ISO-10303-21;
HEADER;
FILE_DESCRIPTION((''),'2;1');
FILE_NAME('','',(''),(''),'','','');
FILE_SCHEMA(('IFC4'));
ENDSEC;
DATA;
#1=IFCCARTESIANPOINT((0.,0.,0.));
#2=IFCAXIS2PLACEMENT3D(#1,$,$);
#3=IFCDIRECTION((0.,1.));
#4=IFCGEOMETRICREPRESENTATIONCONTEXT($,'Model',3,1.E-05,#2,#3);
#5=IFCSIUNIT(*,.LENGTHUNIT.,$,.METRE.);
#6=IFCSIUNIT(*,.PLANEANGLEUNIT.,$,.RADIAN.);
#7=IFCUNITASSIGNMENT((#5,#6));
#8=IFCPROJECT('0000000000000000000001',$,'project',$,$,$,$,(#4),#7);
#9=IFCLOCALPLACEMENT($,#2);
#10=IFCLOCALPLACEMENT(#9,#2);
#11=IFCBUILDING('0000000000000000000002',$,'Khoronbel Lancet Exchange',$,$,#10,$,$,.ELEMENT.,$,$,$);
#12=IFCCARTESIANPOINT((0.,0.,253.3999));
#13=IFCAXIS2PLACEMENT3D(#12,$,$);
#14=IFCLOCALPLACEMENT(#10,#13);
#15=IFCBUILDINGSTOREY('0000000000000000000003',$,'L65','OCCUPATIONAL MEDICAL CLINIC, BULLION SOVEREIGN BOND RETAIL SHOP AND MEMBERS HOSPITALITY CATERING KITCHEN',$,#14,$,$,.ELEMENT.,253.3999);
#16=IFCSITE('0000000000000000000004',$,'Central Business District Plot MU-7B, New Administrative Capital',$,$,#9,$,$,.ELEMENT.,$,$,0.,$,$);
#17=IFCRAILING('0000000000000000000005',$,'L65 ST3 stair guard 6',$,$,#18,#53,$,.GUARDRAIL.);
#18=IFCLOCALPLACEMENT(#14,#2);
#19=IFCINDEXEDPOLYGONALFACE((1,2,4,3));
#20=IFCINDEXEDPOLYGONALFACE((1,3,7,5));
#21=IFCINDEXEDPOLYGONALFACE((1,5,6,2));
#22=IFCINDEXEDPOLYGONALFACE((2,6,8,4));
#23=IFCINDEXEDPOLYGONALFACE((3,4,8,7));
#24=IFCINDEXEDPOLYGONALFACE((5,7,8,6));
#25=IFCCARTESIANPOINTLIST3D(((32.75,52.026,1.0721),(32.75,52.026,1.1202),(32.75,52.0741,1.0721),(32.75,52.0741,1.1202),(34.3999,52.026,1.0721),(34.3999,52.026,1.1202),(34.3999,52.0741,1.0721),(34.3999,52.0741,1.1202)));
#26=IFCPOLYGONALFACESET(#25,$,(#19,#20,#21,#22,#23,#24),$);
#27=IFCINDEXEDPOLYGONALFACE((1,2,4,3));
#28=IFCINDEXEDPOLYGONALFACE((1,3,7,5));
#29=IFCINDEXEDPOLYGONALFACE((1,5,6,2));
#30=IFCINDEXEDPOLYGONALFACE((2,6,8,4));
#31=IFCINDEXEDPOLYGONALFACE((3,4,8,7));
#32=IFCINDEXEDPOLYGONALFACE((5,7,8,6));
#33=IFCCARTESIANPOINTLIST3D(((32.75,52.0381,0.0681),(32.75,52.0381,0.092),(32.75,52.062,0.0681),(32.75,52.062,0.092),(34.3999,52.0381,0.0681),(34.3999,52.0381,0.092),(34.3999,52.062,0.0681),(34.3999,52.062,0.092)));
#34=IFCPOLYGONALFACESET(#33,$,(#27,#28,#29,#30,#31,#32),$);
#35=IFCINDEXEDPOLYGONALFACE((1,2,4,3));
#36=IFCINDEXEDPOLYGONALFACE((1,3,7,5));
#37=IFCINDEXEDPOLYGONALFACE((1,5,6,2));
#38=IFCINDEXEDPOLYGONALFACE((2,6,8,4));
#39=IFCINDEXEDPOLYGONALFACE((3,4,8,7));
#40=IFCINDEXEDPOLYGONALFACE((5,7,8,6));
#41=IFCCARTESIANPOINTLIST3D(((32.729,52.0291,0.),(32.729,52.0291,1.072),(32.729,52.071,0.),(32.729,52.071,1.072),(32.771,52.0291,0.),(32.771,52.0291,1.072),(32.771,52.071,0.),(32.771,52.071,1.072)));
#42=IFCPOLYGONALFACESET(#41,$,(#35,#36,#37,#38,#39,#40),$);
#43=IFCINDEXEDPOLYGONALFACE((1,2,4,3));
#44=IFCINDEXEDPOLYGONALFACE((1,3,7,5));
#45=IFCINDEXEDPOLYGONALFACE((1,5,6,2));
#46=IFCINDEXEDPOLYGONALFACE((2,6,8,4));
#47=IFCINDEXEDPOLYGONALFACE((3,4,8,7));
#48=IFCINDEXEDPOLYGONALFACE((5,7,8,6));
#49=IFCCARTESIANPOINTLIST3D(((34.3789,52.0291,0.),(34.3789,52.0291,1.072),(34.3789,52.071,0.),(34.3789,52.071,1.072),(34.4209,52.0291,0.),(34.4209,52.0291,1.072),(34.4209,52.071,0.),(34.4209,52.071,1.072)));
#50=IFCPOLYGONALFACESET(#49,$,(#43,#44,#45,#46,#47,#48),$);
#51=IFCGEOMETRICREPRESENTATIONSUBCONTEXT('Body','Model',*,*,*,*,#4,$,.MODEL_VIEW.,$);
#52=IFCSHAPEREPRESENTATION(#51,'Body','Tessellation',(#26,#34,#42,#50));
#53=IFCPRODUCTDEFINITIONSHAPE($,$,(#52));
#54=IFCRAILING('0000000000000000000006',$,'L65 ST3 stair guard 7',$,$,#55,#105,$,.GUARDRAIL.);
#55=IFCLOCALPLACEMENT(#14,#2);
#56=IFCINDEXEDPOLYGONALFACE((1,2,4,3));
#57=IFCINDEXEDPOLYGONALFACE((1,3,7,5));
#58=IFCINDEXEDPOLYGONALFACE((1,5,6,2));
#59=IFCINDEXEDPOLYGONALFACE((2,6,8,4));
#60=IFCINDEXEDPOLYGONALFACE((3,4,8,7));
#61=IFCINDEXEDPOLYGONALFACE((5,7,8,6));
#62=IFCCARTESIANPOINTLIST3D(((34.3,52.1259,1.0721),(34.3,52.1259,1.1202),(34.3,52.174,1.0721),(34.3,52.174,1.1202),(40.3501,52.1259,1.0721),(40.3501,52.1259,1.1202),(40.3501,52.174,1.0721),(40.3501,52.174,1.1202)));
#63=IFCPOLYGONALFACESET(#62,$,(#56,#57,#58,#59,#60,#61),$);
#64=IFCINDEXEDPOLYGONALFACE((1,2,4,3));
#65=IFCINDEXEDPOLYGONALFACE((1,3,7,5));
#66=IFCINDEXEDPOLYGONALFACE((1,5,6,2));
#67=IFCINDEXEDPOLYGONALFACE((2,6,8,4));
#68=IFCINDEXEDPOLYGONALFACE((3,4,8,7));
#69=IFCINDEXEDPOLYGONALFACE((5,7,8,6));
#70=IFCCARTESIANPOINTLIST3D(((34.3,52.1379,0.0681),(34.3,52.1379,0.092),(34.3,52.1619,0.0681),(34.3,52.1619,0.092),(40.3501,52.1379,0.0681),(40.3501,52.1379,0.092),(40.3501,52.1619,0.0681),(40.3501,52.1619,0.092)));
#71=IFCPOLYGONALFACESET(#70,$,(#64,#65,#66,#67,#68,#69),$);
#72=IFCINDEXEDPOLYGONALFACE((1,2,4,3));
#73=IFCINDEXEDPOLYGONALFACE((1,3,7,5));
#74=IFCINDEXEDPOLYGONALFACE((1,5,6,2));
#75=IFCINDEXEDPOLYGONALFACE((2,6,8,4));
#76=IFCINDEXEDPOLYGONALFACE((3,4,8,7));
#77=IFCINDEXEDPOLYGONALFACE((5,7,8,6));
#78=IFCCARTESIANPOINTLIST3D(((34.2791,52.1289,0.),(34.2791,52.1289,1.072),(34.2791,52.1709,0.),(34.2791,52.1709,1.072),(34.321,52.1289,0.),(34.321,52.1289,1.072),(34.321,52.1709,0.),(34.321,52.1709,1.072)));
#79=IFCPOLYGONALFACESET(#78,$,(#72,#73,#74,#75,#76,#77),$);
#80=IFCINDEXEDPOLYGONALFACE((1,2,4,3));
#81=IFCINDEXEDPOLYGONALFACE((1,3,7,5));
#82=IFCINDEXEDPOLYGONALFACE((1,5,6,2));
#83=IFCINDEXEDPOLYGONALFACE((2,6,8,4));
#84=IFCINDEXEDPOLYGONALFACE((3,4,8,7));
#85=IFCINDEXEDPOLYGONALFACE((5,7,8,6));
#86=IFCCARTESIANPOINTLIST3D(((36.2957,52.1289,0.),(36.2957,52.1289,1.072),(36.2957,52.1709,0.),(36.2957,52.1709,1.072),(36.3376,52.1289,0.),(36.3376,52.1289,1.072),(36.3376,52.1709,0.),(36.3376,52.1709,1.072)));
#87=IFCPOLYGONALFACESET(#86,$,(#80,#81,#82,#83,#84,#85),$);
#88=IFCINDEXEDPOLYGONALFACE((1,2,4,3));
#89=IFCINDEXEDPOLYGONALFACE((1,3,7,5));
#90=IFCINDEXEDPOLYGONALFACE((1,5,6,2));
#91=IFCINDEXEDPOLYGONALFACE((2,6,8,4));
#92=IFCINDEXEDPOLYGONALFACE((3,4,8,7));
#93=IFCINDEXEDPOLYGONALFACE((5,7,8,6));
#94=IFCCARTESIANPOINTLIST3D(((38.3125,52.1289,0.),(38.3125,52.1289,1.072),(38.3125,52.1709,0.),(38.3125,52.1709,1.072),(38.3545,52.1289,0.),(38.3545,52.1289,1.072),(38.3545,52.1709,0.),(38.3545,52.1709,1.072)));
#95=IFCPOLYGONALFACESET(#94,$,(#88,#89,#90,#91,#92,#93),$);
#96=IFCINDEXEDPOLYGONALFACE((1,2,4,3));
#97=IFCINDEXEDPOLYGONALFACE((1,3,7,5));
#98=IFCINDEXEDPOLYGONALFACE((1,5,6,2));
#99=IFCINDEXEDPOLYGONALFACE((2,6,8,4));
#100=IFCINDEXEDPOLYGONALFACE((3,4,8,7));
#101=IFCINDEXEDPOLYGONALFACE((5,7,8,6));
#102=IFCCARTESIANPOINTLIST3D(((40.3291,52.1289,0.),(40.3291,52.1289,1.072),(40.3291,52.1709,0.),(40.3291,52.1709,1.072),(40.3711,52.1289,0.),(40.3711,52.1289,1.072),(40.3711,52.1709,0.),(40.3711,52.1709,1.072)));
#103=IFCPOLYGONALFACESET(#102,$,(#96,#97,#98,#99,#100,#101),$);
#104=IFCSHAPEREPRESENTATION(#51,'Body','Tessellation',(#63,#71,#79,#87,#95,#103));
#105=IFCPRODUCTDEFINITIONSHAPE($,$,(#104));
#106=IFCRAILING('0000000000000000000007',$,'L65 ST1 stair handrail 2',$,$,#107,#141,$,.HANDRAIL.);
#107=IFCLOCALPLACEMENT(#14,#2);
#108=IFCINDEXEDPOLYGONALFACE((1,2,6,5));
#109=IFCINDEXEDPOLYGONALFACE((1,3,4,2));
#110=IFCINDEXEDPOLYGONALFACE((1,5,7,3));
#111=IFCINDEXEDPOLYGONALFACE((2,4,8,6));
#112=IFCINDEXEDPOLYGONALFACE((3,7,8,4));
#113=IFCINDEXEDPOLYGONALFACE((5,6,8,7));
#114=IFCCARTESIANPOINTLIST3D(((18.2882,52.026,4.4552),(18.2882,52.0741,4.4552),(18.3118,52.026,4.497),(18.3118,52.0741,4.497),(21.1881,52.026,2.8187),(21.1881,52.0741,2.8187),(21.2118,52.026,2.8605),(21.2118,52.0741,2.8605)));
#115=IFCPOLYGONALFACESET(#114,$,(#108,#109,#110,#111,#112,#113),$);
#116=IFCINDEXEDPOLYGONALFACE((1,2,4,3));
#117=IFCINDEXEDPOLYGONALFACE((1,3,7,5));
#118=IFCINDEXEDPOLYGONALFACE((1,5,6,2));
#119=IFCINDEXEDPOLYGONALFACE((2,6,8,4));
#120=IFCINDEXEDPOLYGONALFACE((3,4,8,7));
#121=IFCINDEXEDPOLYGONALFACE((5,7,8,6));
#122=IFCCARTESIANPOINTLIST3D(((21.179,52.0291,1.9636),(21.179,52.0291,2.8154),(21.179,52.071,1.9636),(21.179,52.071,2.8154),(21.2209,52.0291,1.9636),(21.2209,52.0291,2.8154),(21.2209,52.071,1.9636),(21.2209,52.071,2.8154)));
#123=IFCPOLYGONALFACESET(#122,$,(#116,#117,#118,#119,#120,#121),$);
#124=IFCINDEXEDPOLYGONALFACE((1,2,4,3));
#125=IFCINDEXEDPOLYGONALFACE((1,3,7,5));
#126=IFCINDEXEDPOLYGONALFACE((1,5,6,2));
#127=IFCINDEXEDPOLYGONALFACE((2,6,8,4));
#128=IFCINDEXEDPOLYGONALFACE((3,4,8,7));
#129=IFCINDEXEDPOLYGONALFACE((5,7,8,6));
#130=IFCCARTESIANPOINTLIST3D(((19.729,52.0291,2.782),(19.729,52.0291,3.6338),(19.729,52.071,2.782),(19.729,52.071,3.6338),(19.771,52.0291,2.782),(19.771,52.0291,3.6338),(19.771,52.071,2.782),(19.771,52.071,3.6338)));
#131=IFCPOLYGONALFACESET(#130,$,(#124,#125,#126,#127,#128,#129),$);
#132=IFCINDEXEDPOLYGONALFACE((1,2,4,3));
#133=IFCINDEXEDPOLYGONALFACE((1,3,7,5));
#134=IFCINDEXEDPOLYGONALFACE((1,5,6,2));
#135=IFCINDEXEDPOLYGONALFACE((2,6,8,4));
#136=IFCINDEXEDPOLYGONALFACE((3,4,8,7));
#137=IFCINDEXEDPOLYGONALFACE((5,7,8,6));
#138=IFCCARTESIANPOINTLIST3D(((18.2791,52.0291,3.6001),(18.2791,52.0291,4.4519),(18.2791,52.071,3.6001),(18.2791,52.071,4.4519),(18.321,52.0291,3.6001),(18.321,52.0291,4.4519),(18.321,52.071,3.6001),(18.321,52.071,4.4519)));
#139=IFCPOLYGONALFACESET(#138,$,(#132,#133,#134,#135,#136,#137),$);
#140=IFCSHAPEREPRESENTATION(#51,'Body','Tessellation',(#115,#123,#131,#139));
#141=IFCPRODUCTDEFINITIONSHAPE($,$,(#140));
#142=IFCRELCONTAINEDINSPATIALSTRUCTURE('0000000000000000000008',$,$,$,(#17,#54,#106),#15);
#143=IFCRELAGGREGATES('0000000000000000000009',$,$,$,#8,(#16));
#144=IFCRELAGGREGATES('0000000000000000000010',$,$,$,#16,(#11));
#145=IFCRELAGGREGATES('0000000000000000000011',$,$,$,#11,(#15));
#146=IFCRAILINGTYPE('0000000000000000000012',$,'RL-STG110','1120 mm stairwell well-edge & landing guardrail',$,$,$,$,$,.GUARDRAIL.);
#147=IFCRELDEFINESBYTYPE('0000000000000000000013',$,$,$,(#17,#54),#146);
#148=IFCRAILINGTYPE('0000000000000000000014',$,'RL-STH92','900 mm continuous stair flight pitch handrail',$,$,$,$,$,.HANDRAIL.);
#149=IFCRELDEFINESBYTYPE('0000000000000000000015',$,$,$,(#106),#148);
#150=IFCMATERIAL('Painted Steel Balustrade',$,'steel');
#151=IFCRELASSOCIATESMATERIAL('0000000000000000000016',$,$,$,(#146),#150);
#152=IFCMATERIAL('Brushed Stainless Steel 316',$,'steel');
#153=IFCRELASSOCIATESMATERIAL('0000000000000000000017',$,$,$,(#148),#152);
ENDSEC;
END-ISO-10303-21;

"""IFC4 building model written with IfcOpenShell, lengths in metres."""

from ifc_helpers import new_model, si_unit, direction, frame, origin, origin_2d, place, context, subcontext, project, spatial, rectangle, extrude, material, type_object, element, save


model = new_model("IFC4")

# Units and contexts
model_context = context("Model", 3, precision=1e-05, world=origin(), true_north=direction((0.0, 1.0)))
body_context = subcontext(model_context, "Body", "Model", "MODEL_VIEW")
ifc_project = project(units=[si_unit("LENGTHUNIT", "METRE"), si_unit("PLANEANGLEUNIT", "RADIAN")], contexts=[model_context])

# Site, building, storey
site_placement = place(None, origin())
site = spatial("IfcSite", under=ifc_project, at=site_placement, Name="Central Business District Plot MU-7B, New Administrative Capital", CompositionType="ELEMENT", RefElevation=0.0)
building_placement = place(site_placement, origin())
building = spatial("IfcBuilding", under=site, at=building_placement, Name="Khoronbel Lancet Exchange", CompositionType="ELEMENT")
storey_placement = place(building_placement, frame((0.0, 0.0, 253.3999)))
storey = spatial("IfcBuildingStorey", under=building, at=storey_placement, Name="L65", Description="OCCUPATIONAL MEDICAL CLINIC, BULLION SOVEREIGN BOND RETAIL SHOP AND MEMBERS HOSPITALITY CATERING KITCHEN", CompositionType="ELEMENT", Elevation=253.3999)

# Railings
ifc_material_1 = material(Name="Painted Steel Balustrade", Category="steel")
railing_type_1 = type_object("IfcRailingType", Name="RL-STG110", Description="1120 mm stairwell well-edge & landing guardrail", PredefinedType="GUARDRAIL", material=ifc_material_1)
railing_1_placement = place(storey_placement, frame((32.75, 52.05, 0.0)))
element("IfcRailing", 1, at=railing_1_placement, inside=storey, type_object=railing_type_1, Name="L65 ST3 stair guard 6", PredefinedType="GUARDRAIL", context=body_context, shape_type="SweptSolid", body=[
    extrude(rectangle(XDim=0.0481, YDim=0.0481, at=origin_2d()), frame((0.0, 0.0, 1.0962), z_axis=(1.0, 0.0, 0.0), x_axis=(0.0, 1.0, 0.0)), (0.0, 0.0, 1.0), 1.6499),
    extrude(rectangle(XDim=0.0239, YDim=0.0239, at=origin_2d()), frame((0.0, 0.0, 0.0801), z_axis=(1.0, 0.0, 0.0), x_axis=(0.0, 1.0, 0.0)), (0.0, 0.0, 1.0), 1.6499),
    extrude(rectangle(XDim=0.042, YDim=0.042, at=origin_2d()), origin(), (0.0, 0.0, 1.0), 1.072),
    extrude(rectangle(XDim=0.042, YDim=0.042, at=origin_2d()), frame((1.6499, 0.0, 0.0)), (0.0, 0.0, 1.0), 1.072),
])
railing_2_placement = place(storey_placement, frame((34.3, 52.1499, 0.0)))
element("IfcRailing", 2, at=railing_2_placement, inside=storey, type_object=railing_type_1, Name="L65 ST3 stair guard 7", PredefinedType="GUARDRAIL", context=body_context, shape_type="SweptSolid", body=[
    extrude(rectangle(XDim=0.0481, YDim=0.0481, at=origin_2d()), frame((0.0, 0.0, 1.0962), z_axis=(1.0, 0.0, 0.0), x_axis=(0.0, 1.0, 0.0)), (0.0, 0.0, 1.0), 6.05),
    extrude(rectangle(XDim=0.0239, YDim=0.0239, at=origin_2d()), frame((0.0, 0.0, 0.0801), z_axis=(1.0, 0.0, 0.0), x_axis=(0.0, 1.0, 0.0)), (0.0, 0.0, 1.0), 6.05),
    extrude(rectangle(XDim=0.042, YDim=0.042, at=origin_2d()), origin(), (0.0, 0.0, 1.0), 1.072),
    extrude(rectangle(XDim=0.042, YDim=0.042, at=origin_2d()), frame((2.0166, 0.0, 0.0)), (0.0, 0.0, 1.0), 1.072),
    extrude(rectangle(XDim=0.042, YDim=0.042, at=origin_2d()), frame((4.0334, 0.0, 0.0)), (0.0, 0.0, 1.0), 1.072),
    extrude(rectangle(XDim=0.042, YDim=0.042, at=origin_2d()), frame((6.05, 0.0, 0.0)), (0.0, 0.0, 1.0), 1.072),
])
ifc_material_2 = material(Name="Brushed Stainless Steel 316", Category="steel")
railing_type_2 = type_object("IfcRailingType", Name="RL-STH92", Description="900 mm continuous stair flight pitch handrail", PredefinedType="HANDRAIL", material=ifc_material_2)
railing_3_placement = place(storey_placement, frame((21.2, 52.05, 1.9636)))
element("IfcRailing", 3, at=railing_3_placement, inside=storey, type_object=railing_type_2, Name="L65 ST1 stair handrail 2", PredefinedType="HANDRAIL", context=body_context, shape_type="SweptSolid", body=[
    extrude(rectangle(XDim=0.0481, YDim=0.0481, at=origin_2d()), frame((0.0, 0.0, 0.876), z_axis=(-0.870897, 0.0, 0.491465), x_axis=(0.0, -1.0, 0.0)), (0.0, 0.0, 1.0), 3.3298),
    extrude(rectangle(XDim=0.042, YDim=0.042, at=origin_2d()), origin(), (0.0, 0.0, 1.0), 0.8518),
    extrude(rectangle(XDim=0.042, YDim=0.042, at=origin_2d()), frame((-1.45, 0.0, 0.8184)), (0.0, 0.0, 1.0), 0.8518),
    extrude(rectangle(XDim=0.042, YDim=0.042, at=origin_2d()), frame((-2.8999, 0.0, 1.6365)), (0.0, 0.0, 1.0), 0.8518),
])

save(model, "model.ifc")
